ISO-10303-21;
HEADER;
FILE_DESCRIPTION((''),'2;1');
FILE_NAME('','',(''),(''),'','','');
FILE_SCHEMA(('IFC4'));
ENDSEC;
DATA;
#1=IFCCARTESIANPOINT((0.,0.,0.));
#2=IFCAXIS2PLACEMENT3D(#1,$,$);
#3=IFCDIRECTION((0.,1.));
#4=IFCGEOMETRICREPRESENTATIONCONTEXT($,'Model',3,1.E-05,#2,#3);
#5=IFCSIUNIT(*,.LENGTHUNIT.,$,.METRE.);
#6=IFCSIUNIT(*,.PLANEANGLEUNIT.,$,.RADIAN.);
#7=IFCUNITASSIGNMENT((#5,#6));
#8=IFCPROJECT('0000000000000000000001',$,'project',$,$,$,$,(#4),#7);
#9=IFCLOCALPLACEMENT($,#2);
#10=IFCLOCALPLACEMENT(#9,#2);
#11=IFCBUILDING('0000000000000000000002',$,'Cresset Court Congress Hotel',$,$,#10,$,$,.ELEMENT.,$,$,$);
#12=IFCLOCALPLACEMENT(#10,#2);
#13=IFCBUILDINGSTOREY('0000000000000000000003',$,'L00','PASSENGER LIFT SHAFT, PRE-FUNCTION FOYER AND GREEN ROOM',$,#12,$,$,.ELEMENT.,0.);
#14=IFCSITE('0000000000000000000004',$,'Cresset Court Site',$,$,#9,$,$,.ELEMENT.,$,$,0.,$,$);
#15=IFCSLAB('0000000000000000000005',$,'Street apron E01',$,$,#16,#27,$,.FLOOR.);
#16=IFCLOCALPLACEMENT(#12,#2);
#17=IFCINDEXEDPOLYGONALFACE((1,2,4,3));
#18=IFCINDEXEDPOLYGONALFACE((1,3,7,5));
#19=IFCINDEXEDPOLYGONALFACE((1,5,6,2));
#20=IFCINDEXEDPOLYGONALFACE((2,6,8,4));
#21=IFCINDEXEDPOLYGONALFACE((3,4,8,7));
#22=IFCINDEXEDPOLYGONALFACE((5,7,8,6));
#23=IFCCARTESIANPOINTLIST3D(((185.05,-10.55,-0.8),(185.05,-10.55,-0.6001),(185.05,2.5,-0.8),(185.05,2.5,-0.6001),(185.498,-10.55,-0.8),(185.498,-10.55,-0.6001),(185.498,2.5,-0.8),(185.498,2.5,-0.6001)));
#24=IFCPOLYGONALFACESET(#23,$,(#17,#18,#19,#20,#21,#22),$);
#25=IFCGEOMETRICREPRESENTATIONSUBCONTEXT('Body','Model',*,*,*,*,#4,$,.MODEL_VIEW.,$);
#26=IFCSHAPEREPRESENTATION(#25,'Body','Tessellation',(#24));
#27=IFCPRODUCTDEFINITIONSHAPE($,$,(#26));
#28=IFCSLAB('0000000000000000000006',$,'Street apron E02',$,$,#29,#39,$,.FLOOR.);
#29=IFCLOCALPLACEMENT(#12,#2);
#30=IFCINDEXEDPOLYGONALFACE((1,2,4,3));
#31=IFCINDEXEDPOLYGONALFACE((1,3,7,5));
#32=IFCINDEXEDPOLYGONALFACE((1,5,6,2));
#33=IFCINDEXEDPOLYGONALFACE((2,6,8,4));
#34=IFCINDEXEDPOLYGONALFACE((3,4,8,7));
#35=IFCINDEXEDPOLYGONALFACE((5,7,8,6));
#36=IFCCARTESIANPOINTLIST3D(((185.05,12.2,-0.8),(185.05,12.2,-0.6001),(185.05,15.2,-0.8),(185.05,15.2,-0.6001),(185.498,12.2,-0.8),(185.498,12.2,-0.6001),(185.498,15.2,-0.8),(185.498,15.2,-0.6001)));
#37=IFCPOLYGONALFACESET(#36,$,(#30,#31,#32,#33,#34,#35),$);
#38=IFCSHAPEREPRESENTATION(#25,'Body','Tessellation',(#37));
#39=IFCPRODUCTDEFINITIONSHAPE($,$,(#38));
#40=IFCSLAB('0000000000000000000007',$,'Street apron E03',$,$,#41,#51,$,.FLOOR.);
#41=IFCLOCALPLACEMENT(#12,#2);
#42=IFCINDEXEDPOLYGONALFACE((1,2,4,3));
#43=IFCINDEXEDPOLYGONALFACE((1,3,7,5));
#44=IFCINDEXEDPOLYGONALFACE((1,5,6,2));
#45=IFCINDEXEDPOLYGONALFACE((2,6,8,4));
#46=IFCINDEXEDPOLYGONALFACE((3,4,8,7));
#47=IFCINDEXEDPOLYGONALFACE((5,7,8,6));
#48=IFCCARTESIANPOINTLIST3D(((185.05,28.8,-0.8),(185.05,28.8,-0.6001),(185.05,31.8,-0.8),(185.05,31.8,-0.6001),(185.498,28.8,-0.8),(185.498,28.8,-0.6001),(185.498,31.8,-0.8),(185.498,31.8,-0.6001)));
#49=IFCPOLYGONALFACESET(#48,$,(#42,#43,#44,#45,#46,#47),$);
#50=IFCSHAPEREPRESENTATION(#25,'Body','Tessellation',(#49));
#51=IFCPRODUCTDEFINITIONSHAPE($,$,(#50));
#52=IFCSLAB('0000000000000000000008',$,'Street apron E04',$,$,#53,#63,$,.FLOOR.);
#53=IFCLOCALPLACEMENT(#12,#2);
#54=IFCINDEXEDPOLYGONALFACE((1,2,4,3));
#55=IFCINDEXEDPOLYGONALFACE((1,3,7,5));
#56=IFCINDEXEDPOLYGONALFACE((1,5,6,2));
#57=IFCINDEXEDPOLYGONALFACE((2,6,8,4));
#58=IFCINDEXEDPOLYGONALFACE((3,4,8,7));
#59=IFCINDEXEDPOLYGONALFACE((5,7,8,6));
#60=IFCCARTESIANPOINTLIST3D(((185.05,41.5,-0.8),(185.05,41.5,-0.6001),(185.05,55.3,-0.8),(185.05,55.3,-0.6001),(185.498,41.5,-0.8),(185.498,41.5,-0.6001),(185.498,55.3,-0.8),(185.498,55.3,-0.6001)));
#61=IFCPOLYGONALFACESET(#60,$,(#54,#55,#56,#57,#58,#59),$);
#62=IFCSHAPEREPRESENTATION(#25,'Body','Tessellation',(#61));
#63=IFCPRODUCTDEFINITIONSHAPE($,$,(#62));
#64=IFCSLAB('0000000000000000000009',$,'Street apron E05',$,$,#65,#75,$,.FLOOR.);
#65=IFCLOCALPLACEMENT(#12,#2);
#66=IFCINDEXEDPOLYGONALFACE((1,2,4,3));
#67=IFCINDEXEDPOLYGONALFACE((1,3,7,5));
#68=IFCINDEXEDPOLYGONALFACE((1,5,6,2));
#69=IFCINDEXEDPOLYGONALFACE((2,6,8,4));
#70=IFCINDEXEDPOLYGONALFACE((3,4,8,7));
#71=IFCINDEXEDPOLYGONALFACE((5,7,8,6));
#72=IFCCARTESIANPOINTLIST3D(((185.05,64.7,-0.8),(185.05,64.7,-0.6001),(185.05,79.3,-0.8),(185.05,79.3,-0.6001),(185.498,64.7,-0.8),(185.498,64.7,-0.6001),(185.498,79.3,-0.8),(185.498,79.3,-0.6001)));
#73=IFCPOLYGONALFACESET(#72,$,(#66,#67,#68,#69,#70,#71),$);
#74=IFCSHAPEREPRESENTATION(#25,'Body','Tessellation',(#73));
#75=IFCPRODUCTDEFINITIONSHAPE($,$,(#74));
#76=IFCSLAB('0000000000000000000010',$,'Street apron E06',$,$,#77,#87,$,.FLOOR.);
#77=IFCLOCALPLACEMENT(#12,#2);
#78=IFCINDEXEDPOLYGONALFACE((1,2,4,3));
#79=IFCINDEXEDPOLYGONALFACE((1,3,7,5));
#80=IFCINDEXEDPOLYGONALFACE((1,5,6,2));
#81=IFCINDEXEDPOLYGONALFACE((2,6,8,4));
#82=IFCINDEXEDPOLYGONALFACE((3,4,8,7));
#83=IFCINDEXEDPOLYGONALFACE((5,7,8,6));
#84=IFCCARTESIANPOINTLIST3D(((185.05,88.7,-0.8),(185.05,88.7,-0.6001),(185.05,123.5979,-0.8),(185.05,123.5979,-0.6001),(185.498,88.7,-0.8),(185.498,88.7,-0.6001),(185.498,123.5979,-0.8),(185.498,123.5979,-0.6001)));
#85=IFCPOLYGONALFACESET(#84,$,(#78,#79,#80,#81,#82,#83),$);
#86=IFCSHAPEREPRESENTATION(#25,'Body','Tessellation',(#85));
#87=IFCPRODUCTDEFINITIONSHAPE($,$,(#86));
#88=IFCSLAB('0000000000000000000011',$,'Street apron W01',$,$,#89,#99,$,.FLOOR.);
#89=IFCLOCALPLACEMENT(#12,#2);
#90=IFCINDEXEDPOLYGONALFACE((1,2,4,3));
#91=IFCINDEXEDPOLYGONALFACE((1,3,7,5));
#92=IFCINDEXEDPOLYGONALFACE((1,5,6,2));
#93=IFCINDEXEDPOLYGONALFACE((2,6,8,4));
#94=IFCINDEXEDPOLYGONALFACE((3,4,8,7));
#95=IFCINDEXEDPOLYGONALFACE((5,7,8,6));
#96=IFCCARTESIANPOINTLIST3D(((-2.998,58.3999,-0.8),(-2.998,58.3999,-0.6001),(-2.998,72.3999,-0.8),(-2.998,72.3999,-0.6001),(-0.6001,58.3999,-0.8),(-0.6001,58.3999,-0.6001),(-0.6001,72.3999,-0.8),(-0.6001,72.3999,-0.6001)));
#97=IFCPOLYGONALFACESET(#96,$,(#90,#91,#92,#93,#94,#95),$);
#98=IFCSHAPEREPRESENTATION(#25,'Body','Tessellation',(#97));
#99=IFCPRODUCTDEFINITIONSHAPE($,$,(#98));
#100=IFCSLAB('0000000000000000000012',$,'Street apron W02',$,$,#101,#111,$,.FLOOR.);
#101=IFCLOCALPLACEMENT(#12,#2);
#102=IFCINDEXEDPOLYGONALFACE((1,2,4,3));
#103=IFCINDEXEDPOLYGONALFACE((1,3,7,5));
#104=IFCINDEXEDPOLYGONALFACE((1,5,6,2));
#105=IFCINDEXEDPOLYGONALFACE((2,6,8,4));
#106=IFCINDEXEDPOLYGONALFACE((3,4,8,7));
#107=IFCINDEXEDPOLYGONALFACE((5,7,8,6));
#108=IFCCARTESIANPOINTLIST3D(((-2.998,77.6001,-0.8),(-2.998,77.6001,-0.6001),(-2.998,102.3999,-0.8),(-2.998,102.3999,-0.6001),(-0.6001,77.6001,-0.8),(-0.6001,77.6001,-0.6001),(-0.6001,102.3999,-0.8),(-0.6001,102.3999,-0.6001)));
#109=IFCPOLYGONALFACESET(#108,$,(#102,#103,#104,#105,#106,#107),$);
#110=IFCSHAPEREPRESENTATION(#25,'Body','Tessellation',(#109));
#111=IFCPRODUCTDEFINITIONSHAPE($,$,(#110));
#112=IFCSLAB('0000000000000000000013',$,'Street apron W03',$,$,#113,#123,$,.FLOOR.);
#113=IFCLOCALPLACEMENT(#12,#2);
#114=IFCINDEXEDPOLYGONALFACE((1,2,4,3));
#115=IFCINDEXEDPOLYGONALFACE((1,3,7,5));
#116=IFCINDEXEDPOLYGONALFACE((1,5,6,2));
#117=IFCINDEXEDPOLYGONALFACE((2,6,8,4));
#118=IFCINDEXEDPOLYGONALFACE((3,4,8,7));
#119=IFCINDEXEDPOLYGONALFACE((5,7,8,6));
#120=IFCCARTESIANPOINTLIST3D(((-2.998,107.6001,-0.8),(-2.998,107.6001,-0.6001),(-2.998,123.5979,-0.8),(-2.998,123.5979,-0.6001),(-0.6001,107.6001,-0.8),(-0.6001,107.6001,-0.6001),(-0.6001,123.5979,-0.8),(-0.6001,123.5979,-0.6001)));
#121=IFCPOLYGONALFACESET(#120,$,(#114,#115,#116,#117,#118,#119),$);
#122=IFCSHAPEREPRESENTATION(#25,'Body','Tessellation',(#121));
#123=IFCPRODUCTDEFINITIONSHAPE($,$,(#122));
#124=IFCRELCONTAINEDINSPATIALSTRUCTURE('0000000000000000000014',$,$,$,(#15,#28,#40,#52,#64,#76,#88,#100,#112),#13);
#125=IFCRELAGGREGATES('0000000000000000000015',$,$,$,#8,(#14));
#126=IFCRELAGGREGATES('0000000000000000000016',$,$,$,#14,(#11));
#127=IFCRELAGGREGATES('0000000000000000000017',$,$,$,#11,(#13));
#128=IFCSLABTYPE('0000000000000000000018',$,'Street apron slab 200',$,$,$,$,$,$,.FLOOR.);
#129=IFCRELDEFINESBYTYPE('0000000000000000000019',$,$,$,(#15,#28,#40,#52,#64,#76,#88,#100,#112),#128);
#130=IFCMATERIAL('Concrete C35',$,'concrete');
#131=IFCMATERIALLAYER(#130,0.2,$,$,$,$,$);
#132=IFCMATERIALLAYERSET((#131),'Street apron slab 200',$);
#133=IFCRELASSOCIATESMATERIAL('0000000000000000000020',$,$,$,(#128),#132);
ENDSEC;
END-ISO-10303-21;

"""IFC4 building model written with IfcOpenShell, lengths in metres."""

from ifc_helpers import new_model, si_unit, direction, frame, origin, place, context, subcontext, project, spatial, polyline, outline, extrude, material, layer, layer_set, type_object, element, save


model = new_model("IFC4")

# Units and contexts
model_context = context("Model", 3, precision=1e-05, world=origin(), true_north=direction((0.0, 1.0)))
body_context = subcontext(model_context, "Body", "Model", "MODEL_VIEW")
ifc_project = project(units=[si_unit("LENGTHUNIT", "METRE"), si_unit("PLANEANGLEUNIT", "RADIAN")], contexts=[model_context])

# Site, building, storey
site_placement = place(None, origin())
site = spatial("IfcSite", under=ifc_project, at=site_placement, Name="Cresset Court Site", CompositionType="ELEMENT", RefElevation=0.0)
building_placement = place(site_placement, origin())
building = spatial("IfcBuilding", under=site, at=building_placement, Name="Cresset Court Congress Hotel", CompositionType="ELEMENT")
storey_placement = place(building_placement, origin())
storey = spatial("IfcBuildingStorey", under=building, at=storey_placement, Name="L00", Description="PASSENGER LIFT SHAFT, PRE-FUNCTION FOYER AND GREEN ROOM", CompositionType="ELEMENT", Elevation=0.0)

# Slabs
ifc_material_1 = material(Name="Concrete C35", Category="concrete")
ifc_layer_1 = layer(ifc_material_1, 0.2)
ifc_layer_set_1 = layer_set([ifc_layer_1], Name="Street apron slab 200")
slab_type_1 = type_object("IfcSlabType", Name="Street apron slab 200", PredefinedType="FLOOR", material=ifc_layer_set_1)
slab_1_placement = place(storey_placement, frame((0.0, 0.0, -0.8)))
element("IfcSlab", 1, at=slab_1_placement, inside=storey, type_object=slab_type_1, Name="Street apron E01", PredefinedType="FLOOR", context=body_context, shape_type="SweptSolid", body=[
    extrude(outline(polyline([(185.05, -10.55), (185.498, -10.55), (185.498, 2.5), (185.05, 2.5), (185.05, -10.55)])), origin(), (0.0, 0.0, 1.0), 0.2),
])
slab_2_placement = place(storey_placement, frame((0.0, 0.0, -0.8)))
element("IfcSlab", 2, at=slab_2_placement, inside=storey, type_object=slab_type_1, Name="Street apron E02", PredefinedType="FLOOR", context=body_context, shape_type="SweptSolid", body=[
    extrude(outline(polyline([(185.05, 12.2), (185.498, 12.2), (185.498, 15.2), (185.05, 15.2), (185.05, 12.2)])), origin(), (0.0, 0.0, 1.0), 0.2),
])
slab_3_placement = place(storey_placement, frame((0.0, 0.0, -0.8)))
element("IfcSlab", 3, at=slab_3_placement, inside=storey, type_object=slab_type_1, Name="Street apron E03", PredefinedType="FLOOR", context=body_context, shape_type="SweptSolid", body=[
    extrude(outline(polyline([(185.05, 28.8), (185.498, 28.8), (185.498, 31.8), (185.05, 31.8), (185.05, 28.8)])), origin(), (0.0, 0.0, 1.0), 0.2),
])
slab_4_placement = place(storey_placement, frame((0.0, 0.0, -0.8)))
element("IfcSlab", 4, at=slab_4_placement, inside=storey, type_object=slab_type_1, Name="Street apron E04", PredefinedType="FLOOR", context=body_context, shape_type="SweptSolid", body=[
    extrude(outline(polyline([(185.05, 41.5), (185.498, 41.5), (185.498, 55.3), (185.05, 55.3), (185.05, 41.5)])), origin(), (0.0, 0.0, 1.0), 0.2),
])
slab_5_placement = place(storey_placement, frame((0.0, 0.0, -0.8)))
element("IfcSlab", 5, at=slab_5_placement, inside=storey, type_object=slab_type_1, Name="Street apron E05", PredefinedType="FLOOR", context=body_context, shape_type="SweptSolid", body=[
    extrude(outline(polyline([(185.05, 64.7), (185.498, 64.7), (185.498, 79.3), (185.05, 79.3), (185.05, 64.7)])), origin(), (0.0, 0.0, 1.0), 0.2),
])
slab_6_placement = place(storey_placement, frame((0.0, 0.0, -0.8)))
element("IfcSlab", 6, at=slab_6_placement, inside=storey, type_object=slab_type_1, Name="Street apron E06", PredefinedType="FLOOR", context=body_context, shape_type="SweptSolid", body=[
    extrude(outline(polyline([(185.05, 88.7), (185.498, 88.7), (185.498, 123.5979), (185.05, 123.5979), (185.05, 88.7)])), origin(), (0.0, 0.0, 1.0), 0.2),
])
slab_7_placement = place(storey_placement, frame((0.0, 0.0, -0.8)))
element("IfcSlab", 7, at=slab_7_placement, inside=storey, type_object=slab_type_1, Name="Street apron W01", PredefinedType="FLOOR", context=body_context, shape_type="SweptSolid", body=[
    extrude(outline(polyline([(-2.998, 58.3999), (-0.6001, 58.3999), (-0.6001, 72.3999), (-2.998, 72.3999), (-2.998, 58.3999)])), origin(), (0.0, 0.0, 1.0), 0.2),
])
slab_8_placement = place(storey_placement, frame((0.0, 0.0, -0.8)))
element("IfcSlab", 8, at=slab_8_placement, inside=storey, type_object=slab_type_1, Name="Street apron W02", PredefinedType="FLOOR", context=body_context, shape_type="SweptSolid", body=[
    extrude(outline(polyline([(-2.998, 77.6001), (-0.6001, 77.6001), (-0.6001, 102.3999), (-2.998, 102.3999), (-2.998, 77.6001)])), origin(), (0.0, 0.0, 1.0), 0.2),
])
slab_9_placement = place(storey_placement, frame((0.0, 0.0, -0.8)))
element("IfcSlab", 9, at=slab_9_placement, inside=storey, type_object=slab_type_1, Name="Street apron W03", PredefinedType="FLOOR", context=body_context, shape_type="SweptSolid", body=[
    extrude(outline(polyline([(-2.998, 107.6001), (-0.6001, 107.6001), (-0.6001, 123.5979), (-2.998, 123.5979), (-2.998, 107.6001)])), origin(), (0.0, 0.0, 1.0), 0.2),
])

save(model, "model.ifc")
